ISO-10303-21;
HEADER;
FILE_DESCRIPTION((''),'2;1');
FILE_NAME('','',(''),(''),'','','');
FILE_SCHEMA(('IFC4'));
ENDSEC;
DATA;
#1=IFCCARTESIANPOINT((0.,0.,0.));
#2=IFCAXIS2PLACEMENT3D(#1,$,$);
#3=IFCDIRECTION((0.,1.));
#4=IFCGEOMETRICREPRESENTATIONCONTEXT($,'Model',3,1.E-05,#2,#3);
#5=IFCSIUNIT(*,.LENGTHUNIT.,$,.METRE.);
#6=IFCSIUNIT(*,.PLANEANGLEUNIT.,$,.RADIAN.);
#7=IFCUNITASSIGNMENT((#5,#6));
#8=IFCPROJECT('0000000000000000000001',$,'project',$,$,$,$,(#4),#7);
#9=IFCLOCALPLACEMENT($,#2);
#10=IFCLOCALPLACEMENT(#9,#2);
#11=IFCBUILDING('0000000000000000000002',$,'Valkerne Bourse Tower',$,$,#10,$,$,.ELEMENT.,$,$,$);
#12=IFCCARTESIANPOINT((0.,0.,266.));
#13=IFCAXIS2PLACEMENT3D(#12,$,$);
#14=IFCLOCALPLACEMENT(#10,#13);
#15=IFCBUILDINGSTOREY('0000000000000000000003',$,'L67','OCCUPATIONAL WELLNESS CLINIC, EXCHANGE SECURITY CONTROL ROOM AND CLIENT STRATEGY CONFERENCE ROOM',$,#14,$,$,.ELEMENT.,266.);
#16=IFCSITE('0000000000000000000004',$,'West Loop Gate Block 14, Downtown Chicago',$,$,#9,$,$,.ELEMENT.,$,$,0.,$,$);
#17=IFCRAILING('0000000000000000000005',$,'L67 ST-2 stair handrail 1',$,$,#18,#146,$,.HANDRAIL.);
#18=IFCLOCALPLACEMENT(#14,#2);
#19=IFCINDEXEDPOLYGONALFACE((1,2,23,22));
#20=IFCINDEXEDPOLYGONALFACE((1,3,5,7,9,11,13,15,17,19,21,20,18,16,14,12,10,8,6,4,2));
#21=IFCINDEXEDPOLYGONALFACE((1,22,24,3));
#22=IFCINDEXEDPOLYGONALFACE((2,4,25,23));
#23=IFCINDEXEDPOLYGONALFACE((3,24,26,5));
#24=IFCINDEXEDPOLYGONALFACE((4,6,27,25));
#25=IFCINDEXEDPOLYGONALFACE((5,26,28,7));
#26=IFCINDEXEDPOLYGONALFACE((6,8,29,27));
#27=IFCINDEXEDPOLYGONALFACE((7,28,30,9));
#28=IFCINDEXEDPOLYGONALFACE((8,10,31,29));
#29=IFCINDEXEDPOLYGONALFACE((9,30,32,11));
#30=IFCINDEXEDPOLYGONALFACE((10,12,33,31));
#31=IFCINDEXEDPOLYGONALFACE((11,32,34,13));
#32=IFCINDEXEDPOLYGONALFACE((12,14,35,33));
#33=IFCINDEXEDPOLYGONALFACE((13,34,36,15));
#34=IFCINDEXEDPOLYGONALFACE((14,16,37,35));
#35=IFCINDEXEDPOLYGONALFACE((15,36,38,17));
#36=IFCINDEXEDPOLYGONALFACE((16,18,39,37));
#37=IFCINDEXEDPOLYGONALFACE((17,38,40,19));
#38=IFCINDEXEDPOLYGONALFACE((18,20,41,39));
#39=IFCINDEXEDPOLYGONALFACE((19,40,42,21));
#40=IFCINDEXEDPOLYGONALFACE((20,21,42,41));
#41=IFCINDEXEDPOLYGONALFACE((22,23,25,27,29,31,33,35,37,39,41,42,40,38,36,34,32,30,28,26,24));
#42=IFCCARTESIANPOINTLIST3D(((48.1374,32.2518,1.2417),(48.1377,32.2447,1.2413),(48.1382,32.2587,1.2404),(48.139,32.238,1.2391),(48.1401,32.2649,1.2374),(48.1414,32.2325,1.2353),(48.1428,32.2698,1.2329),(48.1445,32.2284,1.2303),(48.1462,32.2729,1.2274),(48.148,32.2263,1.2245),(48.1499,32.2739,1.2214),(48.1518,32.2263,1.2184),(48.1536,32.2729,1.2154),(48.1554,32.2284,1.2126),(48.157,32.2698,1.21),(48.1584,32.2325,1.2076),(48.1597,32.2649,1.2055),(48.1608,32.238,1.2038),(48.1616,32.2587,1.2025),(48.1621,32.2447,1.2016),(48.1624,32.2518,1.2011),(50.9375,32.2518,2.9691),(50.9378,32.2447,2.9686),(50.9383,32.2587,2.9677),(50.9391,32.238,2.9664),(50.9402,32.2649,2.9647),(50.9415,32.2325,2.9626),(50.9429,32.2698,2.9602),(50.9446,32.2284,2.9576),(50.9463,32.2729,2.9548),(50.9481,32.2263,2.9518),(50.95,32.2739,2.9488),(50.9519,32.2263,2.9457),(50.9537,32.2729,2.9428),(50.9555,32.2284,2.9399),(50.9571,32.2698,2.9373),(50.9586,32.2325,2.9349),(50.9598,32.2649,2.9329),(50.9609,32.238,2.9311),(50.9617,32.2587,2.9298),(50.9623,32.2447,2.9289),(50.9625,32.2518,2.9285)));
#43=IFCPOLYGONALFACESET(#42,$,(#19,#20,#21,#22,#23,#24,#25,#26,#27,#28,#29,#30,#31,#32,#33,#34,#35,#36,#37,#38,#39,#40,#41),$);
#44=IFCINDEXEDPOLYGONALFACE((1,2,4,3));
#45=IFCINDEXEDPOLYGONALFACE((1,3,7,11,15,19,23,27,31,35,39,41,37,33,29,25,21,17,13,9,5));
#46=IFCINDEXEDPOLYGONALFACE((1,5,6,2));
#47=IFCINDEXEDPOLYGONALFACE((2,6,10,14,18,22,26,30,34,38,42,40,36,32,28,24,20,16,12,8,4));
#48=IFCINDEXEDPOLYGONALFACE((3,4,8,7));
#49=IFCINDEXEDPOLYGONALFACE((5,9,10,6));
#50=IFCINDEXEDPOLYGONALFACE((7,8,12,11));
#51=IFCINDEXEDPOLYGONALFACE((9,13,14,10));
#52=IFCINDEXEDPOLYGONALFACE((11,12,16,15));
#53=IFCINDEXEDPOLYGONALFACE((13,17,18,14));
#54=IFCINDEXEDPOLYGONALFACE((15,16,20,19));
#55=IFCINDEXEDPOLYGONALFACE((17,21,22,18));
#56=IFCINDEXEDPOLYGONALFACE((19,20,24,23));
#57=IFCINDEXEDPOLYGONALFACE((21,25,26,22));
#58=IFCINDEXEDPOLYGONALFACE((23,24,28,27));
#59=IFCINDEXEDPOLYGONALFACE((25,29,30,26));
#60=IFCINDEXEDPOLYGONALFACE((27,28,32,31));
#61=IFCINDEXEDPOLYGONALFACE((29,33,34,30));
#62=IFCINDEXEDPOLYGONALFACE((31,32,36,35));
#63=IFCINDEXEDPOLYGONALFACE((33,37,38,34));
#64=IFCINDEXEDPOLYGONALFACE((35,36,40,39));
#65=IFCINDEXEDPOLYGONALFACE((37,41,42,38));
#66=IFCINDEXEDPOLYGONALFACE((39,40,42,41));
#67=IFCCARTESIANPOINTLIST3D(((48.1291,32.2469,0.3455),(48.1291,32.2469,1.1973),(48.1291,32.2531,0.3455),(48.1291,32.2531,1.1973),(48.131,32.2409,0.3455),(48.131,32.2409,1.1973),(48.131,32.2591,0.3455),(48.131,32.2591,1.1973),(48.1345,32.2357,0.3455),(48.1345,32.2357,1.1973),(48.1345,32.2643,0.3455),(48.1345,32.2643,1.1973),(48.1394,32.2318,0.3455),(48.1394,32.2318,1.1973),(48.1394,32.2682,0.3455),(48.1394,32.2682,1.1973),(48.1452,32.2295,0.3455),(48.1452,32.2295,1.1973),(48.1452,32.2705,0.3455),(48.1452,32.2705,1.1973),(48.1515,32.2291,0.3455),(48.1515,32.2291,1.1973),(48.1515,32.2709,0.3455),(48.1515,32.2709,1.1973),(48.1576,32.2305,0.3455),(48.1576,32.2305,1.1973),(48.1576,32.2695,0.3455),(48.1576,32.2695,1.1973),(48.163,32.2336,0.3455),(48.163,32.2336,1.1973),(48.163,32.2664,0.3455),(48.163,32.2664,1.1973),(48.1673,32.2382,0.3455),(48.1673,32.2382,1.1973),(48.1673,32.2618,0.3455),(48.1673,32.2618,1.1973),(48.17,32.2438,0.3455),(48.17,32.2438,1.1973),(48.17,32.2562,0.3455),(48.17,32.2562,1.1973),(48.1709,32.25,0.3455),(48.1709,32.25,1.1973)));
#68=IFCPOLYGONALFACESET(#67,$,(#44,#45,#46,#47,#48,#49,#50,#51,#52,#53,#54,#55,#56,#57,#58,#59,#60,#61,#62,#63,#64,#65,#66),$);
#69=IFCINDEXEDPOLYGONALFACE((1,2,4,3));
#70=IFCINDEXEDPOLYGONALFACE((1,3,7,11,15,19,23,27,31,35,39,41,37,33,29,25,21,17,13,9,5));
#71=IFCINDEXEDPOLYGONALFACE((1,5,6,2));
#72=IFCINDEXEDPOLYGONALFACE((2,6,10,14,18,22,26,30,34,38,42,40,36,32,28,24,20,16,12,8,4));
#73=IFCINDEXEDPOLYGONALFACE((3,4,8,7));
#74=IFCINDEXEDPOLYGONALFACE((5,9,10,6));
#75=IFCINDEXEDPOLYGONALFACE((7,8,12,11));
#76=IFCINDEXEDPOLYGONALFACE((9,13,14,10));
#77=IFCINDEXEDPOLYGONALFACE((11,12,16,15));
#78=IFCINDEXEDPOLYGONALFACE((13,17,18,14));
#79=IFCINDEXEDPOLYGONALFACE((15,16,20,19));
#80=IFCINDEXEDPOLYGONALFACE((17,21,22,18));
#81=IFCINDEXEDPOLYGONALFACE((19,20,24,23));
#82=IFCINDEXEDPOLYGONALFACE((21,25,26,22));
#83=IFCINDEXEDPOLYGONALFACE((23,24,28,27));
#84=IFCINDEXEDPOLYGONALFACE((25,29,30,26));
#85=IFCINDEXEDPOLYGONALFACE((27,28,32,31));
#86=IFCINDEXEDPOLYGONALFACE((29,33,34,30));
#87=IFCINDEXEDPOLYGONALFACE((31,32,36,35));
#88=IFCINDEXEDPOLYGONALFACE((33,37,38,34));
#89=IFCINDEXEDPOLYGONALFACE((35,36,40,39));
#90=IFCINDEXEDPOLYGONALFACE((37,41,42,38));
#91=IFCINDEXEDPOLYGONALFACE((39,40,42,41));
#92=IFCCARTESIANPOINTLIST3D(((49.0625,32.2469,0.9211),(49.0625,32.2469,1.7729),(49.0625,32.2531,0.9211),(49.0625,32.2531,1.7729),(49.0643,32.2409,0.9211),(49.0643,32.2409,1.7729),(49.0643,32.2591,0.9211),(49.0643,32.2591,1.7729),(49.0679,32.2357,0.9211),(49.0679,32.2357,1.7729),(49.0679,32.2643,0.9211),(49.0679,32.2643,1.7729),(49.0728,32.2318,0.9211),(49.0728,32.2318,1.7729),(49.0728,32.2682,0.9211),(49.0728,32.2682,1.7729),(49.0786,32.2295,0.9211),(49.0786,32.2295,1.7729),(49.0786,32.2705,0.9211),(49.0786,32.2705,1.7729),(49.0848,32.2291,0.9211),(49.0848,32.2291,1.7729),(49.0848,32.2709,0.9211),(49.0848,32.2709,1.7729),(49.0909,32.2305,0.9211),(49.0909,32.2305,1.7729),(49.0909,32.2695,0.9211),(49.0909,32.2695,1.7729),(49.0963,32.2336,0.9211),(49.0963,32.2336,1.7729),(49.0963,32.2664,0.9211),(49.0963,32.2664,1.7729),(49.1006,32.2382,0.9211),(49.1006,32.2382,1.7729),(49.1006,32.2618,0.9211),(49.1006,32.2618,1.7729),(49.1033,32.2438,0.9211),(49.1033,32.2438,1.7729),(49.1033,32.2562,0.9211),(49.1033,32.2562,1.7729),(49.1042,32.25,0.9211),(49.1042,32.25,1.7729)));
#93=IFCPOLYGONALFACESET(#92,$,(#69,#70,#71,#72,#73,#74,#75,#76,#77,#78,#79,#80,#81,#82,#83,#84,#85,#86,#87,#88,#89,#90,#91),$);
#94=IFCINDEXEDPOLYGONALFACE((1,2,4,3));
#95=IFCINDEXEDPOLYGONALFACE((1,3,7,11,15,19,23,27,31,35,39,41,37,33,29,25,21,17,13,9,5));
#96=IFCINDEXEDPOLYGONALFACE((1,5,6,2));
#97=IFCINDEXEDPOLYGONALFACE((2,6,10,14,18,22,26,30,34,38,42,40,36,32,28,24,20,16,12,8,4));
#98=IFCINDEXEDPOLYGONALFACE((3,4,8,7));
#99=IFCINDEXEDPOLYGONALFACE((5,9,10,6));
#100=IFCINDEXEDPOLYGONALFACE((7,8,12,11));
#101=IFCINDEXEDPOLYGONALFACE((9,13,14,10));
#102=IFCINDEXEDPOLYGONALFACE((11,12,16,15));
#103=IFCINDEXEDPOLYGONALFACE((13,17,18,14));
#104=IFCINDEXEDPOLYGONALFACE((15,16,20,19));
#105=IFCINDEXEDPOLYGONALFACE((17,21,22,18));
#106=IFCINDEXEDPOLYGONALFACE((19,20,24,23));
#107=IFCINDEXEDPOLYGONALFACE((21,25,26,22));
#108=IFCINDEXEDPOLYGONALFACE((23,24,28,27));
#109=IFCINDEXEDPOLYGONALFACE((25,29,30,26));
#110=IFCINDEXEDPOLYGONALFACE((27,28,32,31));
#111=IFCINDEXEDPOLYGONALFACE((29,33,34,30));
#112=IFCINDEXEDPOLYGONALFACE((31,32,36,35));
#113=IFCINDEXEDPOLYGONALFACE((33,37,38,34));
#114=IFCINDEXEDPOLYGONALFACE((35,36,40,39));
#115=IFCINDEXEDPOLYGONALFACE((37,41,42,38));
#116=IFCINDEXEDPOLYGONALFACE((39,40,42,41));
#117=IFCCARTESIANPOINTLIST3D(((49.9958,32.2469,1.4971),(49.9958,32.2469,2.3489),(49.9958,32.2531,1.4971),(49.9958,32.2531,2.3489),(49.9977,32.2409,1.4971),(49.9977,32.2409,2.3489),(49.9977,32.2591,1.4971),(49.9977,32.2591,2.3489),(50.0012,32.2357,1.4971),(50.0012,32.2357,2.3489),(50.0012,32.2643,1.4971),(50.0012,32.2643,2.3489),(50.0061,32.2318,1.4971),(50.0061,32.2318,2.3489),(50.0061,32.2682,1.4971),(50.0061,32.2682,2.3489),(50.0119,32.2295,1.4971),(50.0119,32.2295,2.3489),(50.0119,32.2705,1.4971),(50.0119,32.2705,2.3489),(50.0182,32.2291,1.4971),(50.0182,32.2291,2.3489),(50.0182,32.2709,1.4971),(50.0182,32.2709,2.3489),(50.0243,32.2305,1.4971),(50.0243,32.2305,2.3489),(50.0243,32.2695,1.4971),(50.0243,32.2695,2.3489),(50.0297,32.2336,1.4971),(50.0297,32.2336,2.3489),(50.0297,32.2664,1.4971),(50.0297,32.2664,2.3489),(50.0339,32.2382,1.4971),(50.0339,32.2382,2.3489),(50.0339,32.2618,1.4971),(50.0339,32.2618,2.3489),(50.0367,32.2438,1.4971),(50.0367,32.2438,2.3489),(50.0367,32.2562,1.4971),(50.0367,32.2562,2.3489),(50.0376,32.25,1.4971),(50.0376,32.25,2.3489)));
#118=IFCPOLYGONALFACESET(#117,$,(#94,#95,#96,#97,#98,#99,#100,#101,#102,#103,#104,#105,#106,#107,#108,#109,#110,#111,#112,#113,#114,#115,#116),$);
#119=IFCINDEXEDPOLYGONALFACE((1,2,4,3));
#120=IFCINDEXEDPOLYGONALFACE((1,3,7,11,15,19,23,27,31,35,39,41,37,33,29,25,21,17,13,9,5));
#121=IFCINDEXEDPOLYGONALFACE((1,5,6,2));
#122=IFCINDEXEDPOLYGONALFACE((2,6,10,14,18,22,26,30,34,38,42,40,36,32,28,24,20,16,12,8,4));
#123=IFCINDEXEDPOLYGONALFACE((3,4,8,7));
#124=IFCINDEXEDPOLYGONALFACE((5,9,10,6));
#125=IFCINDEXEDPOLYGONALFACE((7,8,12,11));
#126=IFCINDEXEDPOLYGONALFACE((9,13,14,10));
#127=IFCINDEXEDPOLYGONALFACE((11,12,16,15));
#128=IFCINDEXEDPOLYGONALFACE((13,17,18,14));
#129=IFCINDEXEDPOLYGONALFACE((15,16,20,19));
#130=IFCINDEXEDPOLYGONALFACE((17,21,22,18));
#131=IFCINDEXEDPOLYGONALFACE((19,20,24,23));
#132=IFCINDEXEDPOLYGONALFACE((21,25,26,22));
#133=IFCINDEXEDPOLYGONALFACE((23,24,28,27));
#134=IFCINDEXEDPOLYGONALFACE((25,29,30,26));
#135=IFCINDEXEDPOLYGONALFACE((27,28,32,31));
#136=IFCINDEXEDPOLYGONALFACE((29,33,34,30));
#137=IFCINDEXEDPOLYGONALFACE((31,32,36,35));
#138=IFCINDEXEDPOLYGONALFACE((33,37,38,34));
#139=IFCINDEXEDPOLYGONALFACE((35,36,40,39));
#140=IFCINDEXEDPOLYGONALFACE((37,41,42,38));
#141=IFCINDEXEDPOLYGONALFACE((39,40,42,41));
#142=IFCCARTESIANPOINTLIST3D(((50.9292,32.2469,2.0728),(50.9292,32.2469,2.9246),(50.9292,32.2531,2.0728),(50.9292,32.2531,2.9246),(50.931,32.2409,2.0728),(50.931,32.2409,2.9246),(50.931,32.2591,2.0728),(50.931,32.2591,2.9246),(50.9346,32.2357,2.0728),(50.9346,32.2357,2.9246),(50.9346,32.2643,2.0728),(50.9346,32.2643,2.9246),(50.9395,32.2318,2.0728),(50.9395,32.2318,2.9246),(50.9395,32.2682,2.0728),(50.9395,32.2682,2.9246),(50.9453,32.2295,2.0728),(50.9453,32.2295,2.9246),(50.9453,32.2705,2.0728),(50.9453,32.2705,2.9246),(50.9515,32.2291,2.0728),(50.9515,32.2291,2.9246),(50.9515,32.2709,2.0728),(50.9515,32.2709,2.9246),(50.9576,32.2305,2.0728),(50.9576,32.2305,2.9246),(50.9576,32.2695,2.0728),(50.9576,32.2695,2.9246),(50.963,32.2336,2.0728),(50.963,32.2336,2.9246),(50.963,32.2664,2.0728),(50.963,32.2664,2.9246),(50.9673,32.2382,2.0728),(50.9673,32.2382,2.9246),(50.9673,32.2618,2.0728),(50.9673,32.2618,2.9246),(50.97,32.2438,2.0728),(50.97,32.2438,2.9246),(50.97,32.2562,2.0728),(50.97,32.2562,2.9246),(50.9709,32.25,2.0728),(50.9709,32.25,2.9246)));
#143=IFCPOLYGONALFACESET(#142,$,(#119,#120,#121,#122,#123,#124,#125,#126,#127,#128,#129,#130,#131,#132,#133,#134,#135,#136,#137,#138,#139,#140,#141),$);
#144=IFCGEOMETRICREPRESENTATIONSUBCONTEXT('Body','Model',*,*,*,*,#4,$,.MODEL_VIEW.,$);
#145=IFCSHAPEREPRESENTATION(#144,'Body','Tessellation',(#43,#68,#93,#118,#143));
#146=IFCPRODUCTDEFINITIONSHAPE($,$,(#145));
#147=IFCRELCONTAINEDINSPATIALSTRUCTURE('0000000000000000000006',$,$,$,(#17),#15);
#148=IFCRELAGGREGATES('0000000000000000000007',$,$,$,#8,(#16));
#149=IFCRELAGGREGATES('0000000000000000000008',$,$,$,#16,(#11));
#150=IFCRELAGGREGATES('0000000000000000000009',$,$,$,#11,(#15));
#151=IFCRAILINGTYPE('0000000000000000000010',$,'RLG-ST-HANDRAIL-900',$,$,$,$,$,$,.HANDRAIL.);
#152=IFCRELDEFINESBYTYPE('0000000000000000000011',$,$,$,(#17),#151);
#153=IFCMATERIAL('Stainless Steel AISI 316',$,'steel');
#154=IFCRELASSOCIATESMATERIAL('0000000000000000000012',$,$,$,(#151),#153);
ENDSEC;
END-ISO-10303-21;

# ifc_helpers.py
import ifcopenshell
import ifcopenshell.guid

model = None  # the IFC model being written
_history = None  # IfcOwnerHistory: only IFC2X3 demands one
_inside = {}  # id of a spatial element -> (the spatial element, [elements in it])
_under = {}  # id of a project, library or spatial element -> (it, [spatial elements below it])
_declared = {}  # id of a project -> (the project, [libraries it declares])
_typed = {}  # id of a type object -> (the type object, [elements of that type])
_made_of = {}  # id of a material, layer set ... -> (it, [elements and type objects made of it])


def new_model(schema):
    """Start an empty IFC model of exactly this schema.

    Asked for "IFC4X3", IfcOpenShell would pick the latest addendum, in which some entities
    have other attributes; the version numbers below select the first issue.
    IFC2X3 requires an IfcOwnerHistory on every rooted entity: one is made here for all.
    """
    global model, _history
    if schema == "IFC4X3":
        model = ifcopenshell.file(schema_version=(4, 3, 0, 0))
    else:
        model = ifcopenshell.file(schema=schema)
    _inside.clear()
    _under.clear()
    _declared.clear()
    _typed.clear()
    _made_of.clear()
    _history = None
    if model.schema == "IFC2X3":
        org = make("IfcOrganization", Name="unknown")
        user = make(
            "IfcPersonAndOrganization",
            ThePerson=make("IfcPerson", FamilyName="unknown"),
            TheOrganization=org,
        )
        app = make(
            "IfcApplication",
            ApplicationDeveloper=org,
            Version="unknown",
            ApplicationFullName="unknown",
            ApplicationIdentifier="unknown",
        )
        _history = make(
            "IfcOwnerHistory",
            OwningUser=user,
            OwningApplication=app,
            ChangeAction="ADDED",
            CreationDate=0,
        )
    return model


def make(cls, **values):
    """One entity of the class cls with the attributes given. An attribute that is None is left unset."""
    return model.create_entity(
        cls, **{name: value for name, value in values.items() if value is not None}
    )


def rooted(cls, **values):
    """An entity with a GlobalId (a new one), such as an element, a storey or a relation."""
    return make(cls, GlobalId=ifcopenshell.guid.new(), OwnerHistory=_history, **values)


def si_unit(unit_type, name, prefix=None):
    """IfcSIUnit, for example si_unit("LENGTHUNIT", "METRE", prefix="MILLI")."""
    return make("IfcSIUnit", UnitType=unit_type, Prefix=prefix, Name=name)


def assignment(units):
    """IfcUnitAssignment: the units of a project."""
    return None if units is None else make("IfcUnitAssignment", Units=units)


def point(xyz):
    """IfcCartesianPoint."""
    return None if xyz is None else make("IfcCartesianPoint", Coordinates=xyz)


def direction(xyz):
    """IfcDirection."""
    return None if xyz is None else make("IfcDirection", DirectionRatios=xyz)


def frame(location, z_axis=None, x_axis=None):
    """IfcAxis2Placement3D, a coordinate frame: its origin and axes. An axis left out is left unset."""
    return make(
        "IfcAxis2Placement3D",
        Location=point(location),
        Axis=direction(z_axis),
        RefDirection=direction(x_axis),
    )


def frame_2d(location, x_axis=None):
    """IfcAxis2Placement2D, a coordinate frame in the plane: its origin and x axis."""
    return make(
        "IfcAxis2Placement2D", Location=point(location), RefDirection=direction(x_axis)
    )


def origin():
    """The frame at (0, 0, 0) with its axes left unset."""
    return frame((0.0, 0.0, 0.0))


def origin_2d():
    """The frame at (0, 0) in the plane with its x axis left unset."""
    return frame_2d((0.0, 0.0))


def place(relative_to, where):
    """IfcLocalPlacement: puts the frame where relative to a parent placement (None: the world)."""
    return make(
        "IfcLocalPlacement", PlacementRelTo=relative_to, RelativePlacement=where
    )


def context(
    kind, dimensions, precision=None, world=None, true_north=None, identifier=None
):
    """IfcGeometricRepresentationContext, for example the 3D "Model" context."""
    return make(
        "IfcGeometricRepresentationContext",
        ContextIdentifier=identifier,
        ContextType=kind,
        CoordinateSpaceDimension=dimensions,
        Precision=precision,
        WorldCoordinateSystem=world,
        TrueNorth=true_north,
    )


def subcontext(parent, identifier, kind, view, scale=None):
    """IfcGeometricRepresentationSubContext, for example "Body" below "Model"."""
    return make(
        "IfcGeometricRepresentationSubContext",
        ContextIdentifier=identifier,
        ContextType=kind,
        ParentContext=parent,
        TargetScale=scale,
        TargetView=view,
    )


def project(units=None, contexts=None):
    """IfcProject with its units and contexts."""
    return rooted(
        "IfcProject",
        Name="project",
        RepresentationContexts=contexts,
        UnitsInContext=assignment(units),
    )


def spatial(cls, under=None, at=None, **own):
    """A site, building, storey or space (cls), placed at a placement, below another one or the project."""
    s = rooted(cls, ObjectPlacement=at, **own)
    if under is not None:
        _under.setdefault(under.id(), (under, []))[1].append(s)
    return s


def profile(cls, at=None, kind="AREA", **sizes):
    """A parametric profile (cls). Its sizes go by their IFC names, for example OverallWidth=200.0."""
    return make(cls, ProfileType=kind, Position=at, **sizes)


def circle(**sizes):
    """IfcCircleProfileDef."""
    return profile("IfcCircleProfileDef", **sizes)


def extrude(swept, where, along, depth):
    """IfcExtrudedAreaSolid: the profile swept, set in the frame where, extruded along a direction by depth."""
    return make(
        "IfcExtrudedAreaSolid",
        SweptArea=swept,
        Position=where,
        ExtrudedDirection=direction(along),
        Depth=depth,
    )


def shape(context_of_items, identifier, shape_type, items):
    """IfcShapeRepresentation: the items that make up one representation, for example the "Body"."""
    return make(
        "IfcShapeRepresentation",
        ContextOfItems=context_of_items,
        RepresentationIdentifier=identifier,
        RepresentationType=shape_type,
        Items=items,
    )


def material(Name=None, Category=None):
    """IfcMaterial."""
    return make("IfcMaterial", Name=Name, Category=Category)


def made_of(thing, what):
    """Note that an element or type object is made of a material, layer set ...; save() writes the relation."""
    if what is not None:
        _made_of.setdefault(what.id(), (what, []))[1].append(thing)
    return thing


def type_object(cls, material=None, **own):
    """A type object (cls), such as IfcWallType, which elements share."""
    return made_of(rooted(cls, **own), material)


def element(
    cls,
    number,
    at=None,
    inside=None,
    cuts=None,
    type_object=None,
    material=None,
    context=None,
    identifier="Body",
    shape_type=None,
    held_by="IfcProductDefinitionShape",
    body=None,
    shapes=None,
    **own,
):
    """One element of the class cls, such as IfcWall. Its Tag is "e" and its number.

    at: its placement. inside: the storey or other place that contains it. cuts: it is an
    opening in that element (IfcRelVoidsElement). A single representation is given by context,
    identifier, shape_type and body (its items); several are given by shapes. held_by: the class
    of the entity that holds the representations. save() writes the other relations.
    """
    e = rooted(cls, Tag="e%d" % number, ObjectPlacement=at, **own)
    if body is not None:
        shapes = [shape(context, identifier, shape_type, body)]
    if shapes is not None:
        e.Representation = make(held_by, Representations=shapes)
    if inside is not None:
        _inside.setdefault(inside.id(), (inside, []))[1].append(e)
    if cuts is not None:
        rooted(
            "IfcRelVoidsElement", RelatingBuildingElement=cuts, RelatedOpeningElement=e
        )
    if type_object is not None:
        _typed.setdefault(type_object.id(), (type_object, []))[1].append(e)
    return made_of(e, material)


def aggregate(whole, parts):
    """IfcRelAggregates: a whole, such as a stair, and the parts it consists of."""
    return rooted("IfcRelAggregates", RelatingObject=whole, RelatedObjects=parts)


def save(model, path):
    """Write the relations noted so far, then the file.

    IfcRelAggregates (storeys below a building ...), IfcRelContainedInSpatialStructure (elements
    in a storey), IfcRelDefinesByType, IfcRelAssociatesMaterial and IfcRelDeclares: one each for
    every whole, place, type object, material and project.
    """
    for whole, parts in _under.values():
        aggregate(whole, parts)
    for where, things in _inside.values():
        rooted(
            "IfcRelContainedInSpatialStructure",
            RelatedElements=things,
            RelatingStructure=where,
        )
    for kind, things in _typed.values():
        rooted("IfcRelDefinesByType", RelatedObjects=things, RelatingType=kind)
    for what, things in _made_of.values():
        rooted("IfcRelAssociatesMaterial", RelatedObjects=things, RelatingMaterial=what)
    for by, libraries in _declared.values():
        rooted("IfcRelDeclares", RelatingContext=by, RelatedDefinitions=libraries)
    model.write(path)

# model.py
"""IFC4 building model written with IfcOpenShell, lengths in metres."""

from ifc_helpers import new_model, si_unit, direction, frame, origin, origin_2d, place, context, subcontext, project, spatial, circle, extrude, material, type_object, element, save


model = new_model("IFC4")

# Units and contexts
model_context = context("Model", 3, precision=1e-05, world=origin(), true_north=direction((0.0, 1.0)))
body_context = subcontext(model_context, "Body", "Model", "MODEL_VIEW")
ifc_project = project(units=[si_unit("LENGTHUNIT", "METRE"), si_unit("PLANEANGLEUNIT", "RADIAN")], contexts=[model_context])

# Site, building, storey
site_placement = place(None, origin())
site = spatial("IfcSite", under=ifc_project, at=site_placement, Name="West Loop Gate Block 14, Downtown Chicago", CompositionType="ELEMENT", RefElevation=0.0)
building_placement = place(site_placement, origin())
building = spatial("IfcBuilding", under=site, at=building_placement, Name="Valkerne Bourse Tower", CompositionType="ELEMENT")
storey_placement = place(building_placement, frame((0.0, 0.0, 266.0)))
storey = spatial("IfcBuildingStorey", under=building, at=storey_placement, Name="L67", Description="OCCUPATIONAL WELLNESS CLINIC, EXCHANGE SECURITY CONTROL ROOM AND CLIENT STRATEGY CONFERENCE ROOM", CompositionType="ELEMENT", Elevation=266.0)

# Railing
ifc_material_1 = material(Name="Stainless Steel AISI 316", Category="steel")
railing_type_1 = type_object("IfcRailingType", Name="RLG-ST-HANDRAIL-900", PredefinedType="HANDRAIL", material=ifc_material_1)
railing_1_placement = place(storey_placement, frame((48.1499, 32.25, 0.3455)))
element("IfcRailing", 1, at=railing_1_placement, inside=storey, type_object=railing_type_1, Name="L67 ST-2 stair handrail 1", PredefinedType="HANDRAIL", context=body_context, shape_type="SweptSolid", body=[
    extrude(circle(Radius=0.0239, at=origin_2d()), frame((0.0, 0.0, 0.876), z_axis=(0.85109, 0.0, 0.52502), x_axis=(0.0, 1.0, 0.0)), (0.0, 0.0, 1.0), 3.29),
    extrude(circle(Radius=0.021, at=origin_2d()), origin(), (0.0, 0.0, 1.0), 0.8518),
    extrude(circle(Radius=0.021, at=origin_2d()), frame((0.9333, 0.0, 0.5757)), (0.0, 0.0, 1.0), 0.8518),
    extrude(circle(Radius=0.021, at=origin_2d()), frame((1.8667, 0.0, 1.1516)), (0.0, 0.0, 1.0), 0.8518),
    extrude(circle(Radius=0.021, at=origin_2d()), frame((2.8, 0.0, 1.7273)), (0.0, 0.0, 1.0), 0.8518),
])

save(model, "model.ifc")
